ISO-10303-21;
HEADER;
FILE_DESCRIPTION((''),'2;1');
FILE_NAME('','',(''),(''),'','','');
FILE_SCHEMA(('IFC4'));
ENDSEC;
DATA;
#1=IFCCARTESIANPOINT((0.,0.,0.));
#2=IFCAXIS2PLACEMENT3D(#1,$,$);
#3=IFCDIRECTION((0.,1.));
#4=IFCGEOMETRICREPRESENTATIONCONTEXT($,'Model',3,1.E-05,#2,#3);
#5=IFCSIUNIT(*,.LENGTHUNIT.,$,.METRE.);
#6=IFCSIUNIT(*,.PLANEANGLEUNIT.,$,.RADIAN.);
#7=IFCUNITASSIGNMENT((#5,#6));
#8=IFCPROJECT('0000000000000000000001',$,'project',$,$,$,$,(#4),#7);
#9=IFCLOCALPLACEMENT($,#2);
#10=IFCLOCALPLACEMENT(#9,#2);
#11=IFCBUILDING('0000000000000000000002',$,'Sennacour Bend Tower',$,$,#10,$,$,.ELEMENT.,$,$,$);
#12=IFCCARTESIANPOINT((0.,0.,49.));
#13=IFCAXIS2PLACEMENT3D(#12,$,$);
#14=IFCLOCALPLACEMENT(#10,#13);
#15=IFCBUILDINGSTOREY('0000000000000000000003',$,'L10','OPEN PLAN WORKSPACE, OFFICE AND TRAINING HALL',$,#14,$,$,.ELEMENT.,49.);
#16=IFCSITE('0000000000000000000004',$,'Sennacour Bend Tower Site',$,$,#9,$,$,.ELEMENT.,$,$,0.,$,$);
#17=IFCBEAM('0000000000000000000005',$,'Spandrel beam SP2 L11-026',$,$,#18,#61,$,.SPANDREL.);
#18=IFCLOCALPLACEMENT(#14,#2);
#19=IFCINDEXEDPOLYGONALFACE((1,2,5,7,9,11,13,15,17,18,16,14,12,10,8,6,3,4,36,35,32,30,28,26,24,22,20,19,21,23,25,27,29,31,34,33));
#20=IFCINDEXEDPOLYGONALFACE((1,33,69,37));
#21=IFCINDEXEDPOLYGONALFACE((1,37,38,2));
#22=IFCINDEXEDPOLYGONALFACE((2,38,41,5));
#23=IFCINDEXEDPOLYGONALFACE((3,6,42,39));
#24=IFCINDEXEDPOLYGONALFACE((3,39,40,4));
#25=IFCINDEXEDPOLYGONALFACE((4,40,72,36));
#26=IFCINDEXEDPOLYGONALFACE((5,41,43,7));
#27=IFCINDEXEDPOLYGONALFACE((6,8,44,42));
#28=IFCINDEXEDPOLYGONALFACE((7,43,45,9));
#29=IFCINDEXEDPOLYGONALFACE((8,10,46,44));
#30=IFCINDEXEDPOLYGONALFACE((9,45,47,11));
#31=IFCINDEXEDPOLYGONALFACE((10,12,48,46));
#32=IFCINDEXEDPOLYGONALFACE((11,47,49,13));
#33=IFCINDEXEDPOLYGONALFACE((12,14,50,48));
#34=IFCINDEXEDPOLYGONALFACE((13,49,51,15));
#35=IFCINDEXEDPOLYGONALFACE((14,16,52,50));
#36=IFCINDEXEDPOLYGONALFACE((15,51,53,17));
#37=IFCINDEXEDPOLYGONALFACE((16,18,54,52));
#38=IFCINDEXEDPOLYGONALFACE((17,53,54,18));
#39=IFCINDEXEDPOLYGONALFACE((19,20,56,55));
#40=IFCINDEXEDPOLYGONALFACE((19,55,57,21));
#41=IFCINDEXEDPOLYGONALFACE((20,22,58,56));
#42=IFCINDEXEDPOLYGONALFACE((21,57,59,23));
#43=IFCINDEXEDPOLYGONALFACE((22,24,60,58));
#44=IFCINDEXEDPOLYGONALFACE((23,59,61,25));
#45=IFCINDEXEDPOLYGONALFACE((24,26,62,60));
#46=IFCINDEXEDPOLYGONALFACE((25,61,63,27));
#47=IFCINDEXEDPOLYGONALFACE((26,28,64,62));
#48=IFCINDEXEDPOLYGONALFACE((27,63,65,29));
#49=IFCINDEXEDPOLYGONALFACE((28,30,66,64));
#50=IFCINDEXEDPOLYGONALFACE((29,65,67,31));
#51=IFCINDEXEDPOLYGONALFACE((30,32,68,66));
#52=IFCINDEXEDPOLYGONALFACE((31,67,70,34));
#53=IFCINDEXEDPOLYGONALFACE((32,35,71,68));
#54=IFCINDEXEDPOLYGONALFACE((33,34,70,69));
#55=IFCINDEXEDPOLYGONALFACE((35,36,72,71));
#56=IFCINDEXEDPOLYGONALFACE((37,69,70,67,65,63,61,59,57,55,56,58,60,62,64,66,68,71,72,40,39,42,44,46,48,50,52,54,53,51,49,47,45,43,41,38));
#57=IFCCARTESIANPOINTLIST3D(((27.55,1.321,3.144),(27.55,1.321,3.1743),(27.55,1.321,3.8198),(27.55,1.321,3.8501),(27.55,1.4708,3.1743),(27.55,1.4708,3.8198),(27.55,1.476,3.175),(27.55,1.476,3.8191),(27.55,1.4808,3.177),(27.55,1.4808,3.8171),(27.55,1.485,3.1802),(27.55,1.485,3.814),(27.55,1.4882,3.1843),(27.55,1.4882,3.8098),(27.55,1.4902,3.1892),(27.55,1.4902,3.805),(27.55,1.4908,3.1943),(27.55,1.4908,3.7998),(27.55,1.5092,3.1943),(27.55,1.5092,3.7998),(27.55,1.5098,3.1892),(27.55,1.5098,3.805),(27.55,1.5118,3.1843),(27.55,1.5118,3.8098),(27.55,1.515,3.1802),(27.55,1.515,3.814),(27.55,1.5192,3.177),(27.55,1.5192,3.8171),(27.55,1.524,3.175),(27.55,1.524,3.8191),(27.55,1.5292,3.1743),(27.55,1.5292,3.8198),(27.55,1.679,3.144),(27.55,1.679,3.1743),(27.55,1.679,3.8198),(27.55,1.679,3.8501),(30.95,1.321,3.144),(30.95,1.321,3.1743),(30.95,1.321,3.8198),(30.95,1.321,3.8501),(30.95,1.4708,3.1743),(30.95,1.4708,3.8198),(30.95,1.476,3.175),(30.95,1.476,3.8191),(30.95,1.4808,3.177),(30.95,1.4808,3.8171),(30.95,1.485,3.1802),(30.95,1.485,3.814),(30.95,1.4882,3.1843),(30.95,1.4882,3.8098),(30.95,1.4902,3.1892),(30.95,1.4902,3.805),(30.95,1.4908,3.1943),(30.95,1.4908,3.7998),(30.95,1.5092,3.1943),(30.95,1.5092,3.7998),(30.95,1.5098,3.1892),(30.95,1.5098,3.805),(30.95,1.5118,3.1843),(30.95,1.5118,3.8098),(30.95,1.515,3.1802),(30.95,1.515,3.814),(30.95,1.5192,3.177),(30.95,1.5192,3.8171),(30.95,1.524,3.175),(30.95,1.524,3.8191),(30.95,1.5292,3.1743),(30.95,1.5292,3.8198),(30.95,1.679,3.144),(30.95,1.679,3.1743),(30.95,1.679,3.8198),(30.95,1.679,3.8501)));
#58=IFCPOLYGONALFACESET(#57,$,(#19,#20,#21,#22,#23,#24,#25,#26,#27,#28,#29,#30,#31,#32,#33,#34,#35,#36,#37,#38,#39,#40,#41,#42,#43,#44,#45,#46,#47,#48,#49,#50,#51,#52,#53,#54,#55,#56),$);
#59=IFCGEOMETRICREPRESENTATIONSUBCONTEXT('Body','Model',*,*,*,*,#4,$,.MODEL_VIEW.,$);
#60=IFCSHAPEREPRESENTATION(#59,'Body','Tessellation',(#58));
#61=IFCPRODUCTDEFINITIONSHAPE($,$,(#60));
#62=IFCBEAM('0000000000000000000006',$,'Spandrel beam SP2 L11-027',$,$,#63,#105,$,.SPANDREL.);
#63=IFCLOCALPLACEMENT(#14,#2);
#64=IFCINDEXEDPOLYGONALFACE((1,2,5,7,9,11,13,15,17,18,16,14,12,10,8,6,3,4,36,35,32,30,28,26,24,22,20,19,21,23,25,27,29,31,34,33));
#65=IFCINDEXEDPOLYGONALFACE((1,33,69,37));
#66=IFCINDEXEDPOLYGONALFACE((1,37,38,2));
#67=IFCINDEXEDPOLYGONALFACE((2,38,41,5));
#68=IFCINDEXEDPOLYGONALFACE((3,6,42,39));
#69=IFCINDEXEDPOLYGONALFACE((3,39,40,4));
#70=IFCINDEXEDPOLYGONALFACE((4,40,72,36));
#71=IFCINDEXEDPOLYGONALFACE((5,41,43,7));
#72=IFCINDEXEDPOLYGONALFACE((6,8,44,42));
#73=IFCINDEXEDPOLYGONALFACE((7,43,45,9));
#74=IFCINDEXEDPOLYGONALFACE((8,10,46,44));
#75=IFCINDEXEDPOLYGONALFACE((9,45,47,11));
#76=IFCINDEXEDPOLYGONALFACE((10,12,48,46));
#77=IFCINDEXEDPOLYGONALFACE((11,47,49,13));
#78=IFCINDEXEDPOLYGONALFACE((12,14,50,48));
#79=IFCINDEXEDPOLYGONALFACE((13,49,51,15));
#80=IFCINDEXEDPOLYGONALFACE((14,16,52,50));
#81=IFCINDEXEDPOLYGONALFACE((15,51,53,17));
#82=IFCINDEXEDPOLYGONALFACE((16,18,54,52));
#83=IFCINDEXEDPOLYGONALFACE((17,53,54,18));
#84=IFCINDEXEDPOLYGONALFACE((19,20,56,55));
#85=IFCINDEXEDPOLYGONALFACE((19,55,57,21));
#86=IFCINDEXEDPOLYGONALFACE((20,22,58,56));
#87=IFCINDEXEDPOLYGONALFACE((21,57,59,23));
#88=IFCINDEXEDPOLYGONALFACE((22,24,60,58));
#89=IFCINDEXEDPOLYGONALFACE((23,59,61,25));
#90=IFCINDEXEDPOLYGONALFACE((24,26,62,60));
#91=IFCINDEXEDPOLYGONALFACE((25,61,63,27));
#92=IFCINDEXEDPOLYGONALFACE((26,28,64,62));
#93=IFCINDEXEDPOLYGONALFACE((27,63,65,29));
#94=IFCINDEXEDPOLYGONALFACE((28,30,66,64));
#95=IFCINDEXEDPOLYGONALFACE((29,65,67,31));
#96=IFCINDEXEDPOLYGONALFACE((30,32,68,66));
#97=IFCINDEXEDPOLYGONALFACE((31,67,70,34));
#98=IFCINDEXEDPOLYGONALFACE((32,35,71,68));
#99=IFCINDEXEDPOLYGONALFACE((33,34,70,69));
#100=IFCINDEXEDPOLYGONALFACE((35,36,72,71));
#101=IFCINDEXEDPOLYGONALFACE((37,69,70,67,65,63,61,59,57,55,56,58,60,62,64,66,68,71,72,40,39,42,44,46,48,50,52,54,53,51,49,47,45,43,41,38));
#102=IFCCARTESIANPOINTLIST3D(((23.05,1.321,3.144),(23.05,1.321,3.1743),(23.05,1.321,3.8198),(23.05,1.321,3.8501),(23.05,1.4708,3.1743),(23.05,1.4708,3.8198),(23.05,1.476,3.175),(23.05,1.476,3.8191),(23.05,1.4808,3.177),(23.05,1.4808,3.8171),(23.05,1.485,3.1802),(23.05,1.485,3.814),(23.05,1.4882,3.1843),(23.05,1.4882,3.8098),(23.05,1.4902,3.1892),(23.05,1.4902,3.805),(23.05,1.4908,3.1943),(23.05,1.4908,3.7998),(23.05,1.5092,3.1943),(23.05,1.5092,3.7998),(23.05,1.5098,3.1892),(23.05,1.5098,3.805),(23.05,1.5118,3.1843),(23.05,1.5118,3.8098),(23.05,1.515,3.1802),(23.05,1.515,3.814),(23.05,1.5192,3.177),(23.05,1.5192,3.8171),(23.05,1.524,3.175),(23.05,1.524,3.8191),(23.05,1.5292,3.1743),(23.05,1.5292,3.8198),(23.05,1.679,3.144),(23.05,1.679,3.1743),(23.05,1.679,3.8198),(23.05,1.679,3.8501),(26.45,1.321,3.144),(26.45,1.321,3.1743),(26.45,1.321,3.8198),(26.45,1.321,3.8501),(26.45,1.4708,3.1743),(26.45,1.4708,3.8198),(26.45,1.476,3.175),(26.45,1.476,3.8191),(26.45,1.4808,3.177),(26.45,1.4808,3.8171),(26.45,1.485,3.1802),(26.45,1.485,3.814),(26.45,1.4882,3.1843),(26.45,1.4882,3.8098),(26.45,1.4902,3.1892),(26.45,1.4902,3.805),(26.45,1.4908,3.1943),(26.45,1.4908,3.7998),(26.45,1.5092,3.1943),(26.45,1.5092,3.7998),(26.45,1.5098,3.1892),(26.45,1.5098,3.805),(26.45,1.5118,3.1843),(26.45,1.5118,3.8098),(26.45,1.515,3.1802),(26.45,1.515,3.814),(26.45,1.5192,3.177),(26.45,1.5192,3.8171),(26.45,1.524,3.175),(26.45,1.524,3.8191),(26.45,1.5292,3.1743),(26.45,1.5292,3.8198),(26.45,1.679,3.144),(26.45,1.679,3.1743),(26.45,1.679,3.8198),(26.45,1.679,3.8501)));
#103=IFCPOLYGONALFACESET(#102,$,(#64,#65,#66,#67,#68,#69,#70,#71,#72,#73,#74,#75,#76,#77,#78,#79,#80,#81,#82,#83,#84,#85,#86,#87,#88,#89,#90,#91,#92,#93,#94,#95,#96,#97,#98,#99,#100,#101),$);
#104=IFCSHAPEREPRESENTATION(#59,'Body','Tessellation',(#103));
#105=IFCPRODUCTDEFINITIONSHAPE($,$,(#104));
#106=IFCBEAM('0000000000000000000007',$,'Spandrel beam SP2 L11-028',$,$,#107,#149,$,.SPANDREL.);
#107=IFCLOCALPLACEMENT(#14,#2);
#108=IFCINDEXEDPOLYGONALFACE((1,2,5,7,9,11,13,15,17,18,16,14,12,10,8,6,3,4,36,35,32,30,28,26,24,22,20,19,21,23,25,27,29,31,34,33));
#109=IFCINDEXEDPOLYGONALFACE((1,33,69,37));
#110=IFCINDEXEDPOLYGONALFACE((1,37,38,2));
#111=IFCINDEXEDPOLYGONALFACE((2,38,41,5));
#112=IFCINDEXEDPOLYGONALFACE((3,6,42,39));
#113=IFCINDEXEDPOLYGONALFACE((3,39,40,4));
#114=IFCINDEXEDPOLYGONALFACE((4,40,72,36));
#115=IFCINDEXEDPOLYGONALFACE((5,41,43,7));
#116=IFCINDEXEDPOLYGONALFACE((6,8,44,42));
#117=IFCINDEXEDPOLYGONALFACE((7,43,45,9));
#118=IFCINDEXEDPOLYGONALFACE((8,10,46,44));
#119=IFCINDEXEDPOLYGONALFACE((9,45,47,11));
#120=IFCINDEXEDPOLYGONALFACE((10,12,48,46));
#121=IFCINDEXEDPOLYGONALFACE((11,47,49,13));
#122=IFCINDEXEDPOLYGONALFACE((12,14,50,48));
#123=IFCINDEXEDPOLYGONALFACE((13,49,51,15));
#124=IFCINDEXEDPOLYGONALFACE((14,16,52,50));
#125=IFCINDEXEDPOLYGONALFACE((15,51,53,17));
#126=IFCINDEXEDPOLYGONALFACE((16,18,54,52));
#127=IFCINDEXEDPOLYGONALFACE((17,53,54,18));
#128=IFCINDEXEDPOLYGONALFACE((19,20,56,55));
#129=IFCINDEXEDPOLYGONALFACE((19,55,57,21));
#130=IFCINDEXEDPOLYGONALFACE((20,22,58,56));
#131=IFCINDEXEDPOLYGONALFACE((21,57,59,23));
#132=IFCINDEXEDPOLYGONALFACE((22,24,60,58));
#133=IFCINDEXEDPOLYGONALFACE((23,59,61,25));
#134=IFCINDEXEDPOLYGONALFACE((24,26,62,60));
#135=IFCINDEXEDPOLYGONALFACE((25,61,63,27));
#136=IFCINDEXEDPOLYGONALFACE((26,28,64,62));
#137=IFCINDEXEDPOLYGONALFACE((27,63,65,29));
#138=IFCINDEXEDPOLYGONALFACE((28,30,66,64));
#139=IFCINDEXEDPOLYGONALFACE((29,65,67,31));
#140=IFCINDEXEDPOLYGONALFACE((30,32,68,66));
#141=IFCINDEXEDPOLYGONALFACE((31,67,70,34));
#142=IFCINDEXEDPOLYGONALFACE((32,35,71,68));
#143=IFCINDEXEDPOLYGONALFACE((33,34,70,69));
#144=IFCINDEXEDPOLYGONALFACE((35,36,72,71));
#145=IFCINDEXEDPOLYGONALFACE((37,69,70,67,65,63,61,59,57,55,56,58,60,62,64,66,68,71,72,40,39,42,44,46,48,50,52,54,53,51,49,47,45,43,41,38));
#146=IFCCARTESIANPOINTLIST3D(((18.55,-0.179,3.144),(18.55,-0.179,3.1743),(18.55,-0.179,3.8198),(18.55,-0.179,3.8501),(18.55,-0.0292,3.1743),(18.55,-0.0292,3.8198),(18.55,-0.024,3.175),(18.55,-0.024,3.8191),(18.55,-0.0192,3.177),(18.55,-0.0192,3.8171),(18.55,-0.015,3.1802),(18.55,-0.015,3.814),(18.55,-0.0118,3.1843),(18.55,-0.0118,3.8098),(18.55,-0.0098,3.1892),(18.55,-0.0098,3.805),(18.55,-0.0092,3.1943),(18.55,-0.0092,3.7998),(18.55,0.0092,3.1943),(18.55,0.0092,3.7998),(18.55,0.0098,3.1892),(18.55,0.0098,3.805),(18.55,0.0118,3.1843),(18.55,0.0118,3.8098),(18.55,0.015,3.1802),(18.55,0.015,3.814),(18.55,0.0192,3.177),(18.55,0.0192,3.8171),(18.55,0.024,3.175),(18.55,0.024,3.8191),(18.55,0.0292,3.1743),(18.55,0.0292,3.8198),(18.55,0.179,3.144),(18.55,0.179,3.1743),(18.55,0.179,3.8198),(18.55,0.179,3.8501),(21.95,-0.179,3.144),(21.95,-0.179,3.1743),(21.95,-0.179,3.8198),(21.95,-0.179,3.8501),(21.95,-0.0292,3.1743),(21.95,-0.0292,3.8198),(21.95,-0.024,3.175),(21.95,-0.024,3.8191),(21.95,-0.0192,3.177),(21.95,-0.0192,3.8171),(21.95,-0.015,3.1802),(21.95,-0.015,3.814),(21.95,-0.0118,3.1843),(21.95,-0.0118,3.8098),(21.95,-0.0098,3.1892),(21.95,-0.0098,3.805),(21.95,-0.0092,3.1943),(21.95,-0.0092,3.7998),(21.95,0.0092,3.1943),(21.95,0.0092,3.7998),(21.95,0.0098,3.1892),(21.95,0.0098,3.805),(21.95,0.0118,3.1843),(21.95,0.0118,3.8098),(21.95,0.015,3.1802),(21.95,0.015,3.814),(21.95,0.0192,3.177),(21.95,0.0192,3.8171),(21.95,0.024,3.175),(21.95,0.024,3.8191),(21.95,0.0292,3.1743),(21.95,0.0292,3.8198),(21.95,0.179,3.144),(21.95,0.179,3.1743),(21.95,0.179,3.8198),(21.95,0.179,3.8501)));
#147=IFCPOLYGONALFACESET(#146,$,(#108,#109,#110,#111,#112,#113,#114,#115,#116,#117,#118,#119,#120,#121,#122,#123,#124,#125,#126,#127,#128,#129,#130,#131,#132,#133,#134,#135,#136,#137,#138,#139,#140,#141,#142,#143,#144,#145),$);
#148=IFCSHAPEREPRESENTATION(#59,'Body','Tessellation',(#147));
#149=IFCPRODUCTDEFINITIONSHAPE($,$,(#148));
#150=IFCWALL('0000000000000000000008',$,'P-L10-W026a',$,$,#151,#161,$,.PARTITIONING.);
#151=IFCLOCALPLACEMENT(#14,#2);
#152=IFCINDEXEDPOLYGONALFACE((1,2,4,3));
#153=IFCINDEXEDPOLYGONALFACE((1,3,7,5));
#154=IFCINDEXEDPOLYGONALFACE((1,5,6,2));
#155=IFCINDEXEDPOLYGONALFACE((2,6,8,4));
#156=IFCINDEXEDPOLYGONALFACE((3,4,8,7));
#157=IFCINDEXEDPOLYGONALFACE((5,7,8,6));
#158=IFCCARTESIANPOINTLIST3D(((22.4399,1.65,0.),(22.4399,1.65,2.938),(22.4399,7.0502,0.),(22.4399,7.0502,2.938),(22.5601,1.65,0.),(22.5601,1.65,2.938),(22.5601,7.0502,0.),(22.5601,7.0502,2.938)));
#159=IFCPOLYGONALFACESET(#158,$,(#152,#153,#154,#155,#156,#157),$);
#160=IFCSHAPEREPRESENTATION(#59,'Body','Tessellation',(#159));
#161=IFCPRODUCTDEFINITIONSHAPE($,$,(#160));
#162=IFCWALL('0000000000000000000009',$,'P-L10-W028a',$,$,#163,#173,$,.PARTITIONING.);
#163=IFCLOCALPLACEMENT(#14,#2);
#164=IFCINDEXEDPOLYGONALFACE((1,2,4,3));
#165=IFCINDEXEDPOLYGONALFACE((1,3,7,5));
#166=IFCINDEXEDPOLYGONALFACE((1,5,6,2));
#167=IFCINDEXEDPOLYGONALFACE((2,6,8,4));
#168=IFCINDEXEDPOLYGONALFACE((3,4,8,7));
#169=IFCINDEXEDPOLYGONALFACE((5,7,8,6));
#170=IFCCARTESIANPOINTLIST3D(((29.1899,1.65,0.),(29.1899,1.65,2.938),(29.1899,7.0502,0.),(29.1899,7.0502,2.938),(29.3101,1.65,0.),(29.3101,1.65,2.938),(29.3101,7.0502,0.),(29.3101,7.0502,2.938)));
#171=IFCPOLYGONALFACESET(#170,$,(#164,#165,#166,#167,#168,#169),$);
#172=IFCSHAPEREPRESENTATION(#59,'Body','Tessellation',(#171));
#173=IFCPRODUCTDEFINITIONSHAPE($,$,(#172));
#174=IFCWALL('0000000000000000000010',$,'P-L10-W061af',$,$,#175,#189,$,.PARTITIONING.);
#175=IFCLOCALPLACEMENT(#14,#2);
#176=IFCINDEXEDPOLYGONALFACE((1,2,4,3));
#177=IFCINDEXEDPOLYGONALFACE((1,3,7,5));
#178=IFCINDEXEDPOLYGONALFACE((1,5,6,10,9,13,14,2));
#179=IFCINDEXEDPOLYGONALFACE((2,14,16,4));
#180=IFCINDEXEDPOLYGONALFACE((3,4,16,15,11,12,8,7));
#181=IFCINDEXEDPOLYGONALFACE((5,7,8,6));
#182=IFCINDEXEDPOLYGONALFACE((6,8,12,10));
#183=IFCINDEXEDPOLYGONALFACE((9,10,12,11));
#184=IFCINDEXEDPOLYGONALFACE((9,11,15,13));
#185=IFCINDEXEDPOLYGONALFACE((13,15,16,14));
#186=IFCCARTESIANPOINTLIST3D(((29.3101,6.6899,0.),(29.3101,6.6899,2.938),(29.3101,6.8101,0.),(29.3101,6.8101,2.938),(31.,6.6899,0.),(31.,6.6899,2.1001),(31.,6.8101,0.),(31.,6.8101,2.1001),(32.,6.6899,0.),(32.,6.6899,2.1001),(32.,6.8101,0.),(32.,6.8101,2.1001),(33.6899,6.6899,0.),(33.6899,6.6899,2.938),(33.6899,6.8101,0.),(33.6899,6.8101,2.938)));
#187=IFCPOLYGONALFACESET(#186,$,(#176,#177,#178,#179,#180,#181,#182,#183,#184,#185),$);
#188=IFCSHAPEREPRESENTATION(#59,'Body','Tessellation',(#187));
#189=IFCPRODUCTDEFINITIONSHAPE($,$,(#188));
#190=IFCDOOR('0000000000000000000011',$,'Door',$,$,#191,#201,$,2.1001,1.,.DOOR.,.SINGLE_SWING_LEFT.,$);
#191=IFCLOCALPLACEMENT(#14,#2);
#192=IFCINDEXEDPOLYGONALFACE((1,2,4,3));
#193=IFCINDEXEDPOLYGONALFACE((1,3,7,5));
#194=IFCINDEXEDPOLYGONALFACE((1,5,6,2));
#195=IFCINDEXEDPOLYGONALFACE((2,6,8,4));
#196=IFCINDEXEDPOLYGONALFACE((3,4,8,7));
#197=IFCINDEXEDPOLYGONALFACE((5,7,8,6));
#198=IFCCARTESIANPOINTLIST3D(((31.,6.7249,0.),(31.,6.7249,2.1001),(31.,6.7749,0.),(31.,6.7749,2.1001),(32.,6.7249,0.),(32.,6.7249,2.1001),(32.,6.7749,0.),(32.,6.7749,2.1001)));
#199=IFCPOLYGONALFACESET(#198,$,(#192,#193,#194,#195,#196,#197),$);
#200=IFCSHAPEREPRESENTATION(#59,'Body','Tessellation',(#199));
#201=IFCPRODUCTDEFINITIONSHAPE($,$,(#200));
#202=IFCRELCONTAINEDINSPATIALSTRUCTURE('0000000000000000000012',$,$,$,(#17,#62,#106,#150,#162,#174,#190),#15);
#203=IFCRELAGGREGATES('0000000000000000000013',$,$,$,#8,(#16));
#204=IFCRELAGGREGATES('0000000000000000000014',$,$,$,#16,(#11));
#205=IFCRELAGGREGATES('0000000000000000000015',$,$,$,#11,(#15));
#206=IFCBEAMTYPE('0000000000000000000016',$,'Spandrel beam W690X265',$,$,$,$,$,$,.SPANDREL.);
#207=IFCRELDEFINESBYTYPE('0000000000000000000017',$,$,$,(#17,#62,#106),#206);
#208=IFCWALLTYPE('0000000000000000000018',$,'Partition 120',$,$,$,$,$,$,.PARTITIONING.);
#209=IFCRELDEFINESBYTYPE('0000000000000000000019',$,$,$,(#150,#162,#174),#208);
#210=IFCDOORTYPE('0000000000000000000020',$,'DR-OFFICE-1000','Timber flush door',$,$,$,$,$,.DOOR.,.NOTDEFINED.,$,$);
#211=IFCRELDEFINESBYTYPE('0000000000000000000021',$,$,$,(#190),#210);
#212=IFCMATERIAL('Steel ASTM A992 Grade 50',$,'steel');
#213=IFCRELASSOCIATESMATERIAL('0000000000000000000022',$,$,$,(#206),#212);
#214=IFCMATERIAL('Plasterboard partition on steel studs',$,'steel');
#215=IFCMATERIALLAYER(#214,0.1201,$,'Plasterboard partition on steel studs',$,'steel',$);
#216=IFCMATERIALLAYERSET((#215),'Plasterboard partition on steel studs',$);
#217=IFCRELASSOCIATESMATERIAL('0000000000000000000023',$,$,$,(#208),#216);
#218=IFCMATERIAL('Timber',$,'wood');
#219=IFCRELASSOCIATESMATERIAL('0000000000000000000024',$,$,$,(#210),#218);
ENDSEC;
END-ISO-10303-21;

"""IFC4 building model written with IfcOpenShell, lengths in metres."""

from ifc_helpers import new_model, si_unit, direction, frame, frame_2d, origin, origin_2d, place, context, subcontext, project, spatial, rectangle, i_section, extrude, material, layer, layer_set, material_profile, profile_set, type_object, element, fill, save


model = new_model("IFC4")

# Units and contexts
model_context = context("Model", 3, precision=1e-05, world=origin(), true_north=direction((0.0, 1.0)))
body_context = subcontext(model_context, "Body", "Model", "MODEL_VIEW")
ifc_project = project(units=[si_unit("LENGTHUNIT", "METRE"), si_unit("PLANEANGLEUNIT", "RADIAN")], contexts=[model_context])

# Site, building, storey
site_placement = place(None, origin())
site = spatial("IfcSite", under=ifc_project, at=site_placement, Name="Sennacour Bend Tower Site", CompositionType="ELEMENT", RefElevation=0.0)
building_placement = place(site_placement, origin())
building = spatial("IfcBuilding", under=site, at=building_placement, Name="Sennacour Bend Tower", CompositionType="ELEMENT")
storey_placement = place(building_placement, frame((0.0, 0.0, 49.0)))
storey = spatial("IfcBuildingStorey", under=building, at=storey_placement, Name="L10", Description="OPEN PLAN WORKSPACE, OFFICE AND TRAINING HALL", CompositionType="ELEMENT", Elevation=49.0)

# Beams
ifc_material_1 = material(Name="Steel ASTM A992 Grade 50", Category="steel")
ifc_material_profile_1 = material_profile(ifc_material_1, i_section(OverallWidth=0.3579, OverallDepth=0.7061, WebThickness=0.0183, FlangeThickness=0.0303, FilletRadius=0.02, at=origin_2d()), Name="Steel ASTM A992 Grade 50", Category="steel")
ifc_profile_set_1 = profile_set([ifc_material_profile_1], Name="Steel ASTM A992 Grade 50")
beam_type_1 = type_object("IfcBeamType", Name="Spandrel beam W690X265", PredefinedType="SPANDREL", material=ifc_profile_set_1)
for number, where, z_axis, x_axis, name in (
    (1, (30.95, 1.5, 3.4971), (-1.0, 0.0, 0.0), (0.0, -1.0, 0.0), "Spandrel beam SP2 L11-026"),
    (2, (26.45, 1.5, 3.4971), (-1.0, 0.0, 0.0), (0.0, -1.0, 0.0), "Spandrel beam SP2 L11-027"),
    (3, (21.95, 0.0, 3.4971), (-1.0, 0.0, 0.0), (0.0, -1.0, 0.0), "Spandrel beam SP2 L11-028"),
):
    element("IfcBeam", number, at=place(storey_placement, frame(where, z_axis=z_axis, x_axis=x_axis)), inside=storey, type_object=beam_type_1, Name=name, PredefinedType="SPANDREL", context=body_context, shape_type="SweptSolid", body=[
        extrude(i_section(OverallWidth=0.3579, OverallDepth=0.7061, WebThickness=0.0183, FlangeThickness=0.0303, FilletRadius=0.02, at=origin_2d()), origin(), (0.0, 0.0, 1.0), 3.3999),
    ])

# Walls
ifc_material_2 = material(Name="Plasterboard partition on steel studs", Category="steel")
ifc_layer_1 = layer(ifc_material_2, 0.1201, Name="Plasterboard partition on steel studs", Category="steel")
ifc_layer_set_1 = layer_set([ifc_layer_1], Name="Plasterboard partition on steel studs")
wall_type_1 = type_object("IfcWallType", Name="Partition 120", PredefinedType="PARTITIONING", material=ifc_layer_set_1)
for number, where, z_axis, x_axis, name in (
    (4, (22.5, 1.6499, 0.0), (0.0, 0.0, 1.0), (0.0, 1.0, 0.0), "P-L10-W026a"),
    (5, (29.25, 1.6499, 0.0), (0.0, 0.0, 1.0), (0.0, 1.0, 0.0), "P-L10-W028a"),
):
    element("IfcWall", number, at=place(storey_placement, frame(where, z_axis=z_axis, x_axis=x_axis)), inside=storey, type_object=wall_type_1, Name=name, PredefinedType="PARTITIONING", context=body_context, shape_type="SweptSolid", body=[
        extrude(rectangle(XDim=5.4001, YDim=0.1201, at=frame_2d((2.7002, 0.0))), origin(), (0.0, 0.0, 1.0), 2.938),
    ])

# Wall, opening, door
wall_1_placement = place(storey_placement, frame((29.3101, 6.75, 0.0), z_axis=(0.0, 0.0, 1.0), x_axis=(1.0, 0.0, 0.0)))
wall_1 = element("IfcWall", 6, at=wall_1_placement, inside=storey, type_object=wall_type_1, Name="P-L10-W061af", PredefinedType="PARTITIONING", context=body_context, shape_type="SweptSolid", body=[
    extrude(rectangle(XDim=4.3799, YDim=0.1201, at=frame_2d((2.1899, 0.0))), origin(), (0.0, 0.0, 1.0), 2.938),
])
opening_1_placement = place(wall_1_placement, frame((1.6899, 0.0, 0.0)))
opening_1 = element("IfcOpeningElement", 7, at=opening_1_placement, cuts=wall_1, PredefinedType="OPENING", context=body_context, shape_type="SweptSolid", body=[
    extrude(rectangle(XDim=1.0, YDim=2.1001, at=frame_2d((0.5, 1.05))), frame((0.0, 0.0701, 0.0), z_axis=(0.0, -1.0, 0.0), x_axis=(1.0, 0.0, 0.0)), (0.0, 0.0, 1.0), 0.1401),
])
ifc_material_3 = material(Name="Timber", Category="wood")
door_type_1 = type_object("IfcDoorType", Name="DR-OFFICE-1000", Description="Timber flush door", OperationType="NOTDEFINED", PredefinedType="DOOR", material=ifc_material_3)
door_1_placement = place(opening_1_placement, origin())
door_1 = element("IfcDoor", 8, at=door_1_placement, inside=storey, type_object=door_type_1, Name="Door", OperationType="SINGLE_SWING_LEFT", OverallHeight=2.1001, OverallWidth=1.0, PredefinedType="DOOR", context=body_context, shape_type="SweptSolid", body=[
    extrude(rectangle(XDim=1.0, YDim=2.1001, at=frame_2d((0.5, 1.05))), frame((0.0, 0.0249, 0.0), z_axis=(0.0, -1.0, 0.0), x_axis=(1.0, 0.0, 0.0)), (0.0, 0.0, 1.0), 0.05),
])
fill(opening_1, door_1)

save(model, "model.ifc")
